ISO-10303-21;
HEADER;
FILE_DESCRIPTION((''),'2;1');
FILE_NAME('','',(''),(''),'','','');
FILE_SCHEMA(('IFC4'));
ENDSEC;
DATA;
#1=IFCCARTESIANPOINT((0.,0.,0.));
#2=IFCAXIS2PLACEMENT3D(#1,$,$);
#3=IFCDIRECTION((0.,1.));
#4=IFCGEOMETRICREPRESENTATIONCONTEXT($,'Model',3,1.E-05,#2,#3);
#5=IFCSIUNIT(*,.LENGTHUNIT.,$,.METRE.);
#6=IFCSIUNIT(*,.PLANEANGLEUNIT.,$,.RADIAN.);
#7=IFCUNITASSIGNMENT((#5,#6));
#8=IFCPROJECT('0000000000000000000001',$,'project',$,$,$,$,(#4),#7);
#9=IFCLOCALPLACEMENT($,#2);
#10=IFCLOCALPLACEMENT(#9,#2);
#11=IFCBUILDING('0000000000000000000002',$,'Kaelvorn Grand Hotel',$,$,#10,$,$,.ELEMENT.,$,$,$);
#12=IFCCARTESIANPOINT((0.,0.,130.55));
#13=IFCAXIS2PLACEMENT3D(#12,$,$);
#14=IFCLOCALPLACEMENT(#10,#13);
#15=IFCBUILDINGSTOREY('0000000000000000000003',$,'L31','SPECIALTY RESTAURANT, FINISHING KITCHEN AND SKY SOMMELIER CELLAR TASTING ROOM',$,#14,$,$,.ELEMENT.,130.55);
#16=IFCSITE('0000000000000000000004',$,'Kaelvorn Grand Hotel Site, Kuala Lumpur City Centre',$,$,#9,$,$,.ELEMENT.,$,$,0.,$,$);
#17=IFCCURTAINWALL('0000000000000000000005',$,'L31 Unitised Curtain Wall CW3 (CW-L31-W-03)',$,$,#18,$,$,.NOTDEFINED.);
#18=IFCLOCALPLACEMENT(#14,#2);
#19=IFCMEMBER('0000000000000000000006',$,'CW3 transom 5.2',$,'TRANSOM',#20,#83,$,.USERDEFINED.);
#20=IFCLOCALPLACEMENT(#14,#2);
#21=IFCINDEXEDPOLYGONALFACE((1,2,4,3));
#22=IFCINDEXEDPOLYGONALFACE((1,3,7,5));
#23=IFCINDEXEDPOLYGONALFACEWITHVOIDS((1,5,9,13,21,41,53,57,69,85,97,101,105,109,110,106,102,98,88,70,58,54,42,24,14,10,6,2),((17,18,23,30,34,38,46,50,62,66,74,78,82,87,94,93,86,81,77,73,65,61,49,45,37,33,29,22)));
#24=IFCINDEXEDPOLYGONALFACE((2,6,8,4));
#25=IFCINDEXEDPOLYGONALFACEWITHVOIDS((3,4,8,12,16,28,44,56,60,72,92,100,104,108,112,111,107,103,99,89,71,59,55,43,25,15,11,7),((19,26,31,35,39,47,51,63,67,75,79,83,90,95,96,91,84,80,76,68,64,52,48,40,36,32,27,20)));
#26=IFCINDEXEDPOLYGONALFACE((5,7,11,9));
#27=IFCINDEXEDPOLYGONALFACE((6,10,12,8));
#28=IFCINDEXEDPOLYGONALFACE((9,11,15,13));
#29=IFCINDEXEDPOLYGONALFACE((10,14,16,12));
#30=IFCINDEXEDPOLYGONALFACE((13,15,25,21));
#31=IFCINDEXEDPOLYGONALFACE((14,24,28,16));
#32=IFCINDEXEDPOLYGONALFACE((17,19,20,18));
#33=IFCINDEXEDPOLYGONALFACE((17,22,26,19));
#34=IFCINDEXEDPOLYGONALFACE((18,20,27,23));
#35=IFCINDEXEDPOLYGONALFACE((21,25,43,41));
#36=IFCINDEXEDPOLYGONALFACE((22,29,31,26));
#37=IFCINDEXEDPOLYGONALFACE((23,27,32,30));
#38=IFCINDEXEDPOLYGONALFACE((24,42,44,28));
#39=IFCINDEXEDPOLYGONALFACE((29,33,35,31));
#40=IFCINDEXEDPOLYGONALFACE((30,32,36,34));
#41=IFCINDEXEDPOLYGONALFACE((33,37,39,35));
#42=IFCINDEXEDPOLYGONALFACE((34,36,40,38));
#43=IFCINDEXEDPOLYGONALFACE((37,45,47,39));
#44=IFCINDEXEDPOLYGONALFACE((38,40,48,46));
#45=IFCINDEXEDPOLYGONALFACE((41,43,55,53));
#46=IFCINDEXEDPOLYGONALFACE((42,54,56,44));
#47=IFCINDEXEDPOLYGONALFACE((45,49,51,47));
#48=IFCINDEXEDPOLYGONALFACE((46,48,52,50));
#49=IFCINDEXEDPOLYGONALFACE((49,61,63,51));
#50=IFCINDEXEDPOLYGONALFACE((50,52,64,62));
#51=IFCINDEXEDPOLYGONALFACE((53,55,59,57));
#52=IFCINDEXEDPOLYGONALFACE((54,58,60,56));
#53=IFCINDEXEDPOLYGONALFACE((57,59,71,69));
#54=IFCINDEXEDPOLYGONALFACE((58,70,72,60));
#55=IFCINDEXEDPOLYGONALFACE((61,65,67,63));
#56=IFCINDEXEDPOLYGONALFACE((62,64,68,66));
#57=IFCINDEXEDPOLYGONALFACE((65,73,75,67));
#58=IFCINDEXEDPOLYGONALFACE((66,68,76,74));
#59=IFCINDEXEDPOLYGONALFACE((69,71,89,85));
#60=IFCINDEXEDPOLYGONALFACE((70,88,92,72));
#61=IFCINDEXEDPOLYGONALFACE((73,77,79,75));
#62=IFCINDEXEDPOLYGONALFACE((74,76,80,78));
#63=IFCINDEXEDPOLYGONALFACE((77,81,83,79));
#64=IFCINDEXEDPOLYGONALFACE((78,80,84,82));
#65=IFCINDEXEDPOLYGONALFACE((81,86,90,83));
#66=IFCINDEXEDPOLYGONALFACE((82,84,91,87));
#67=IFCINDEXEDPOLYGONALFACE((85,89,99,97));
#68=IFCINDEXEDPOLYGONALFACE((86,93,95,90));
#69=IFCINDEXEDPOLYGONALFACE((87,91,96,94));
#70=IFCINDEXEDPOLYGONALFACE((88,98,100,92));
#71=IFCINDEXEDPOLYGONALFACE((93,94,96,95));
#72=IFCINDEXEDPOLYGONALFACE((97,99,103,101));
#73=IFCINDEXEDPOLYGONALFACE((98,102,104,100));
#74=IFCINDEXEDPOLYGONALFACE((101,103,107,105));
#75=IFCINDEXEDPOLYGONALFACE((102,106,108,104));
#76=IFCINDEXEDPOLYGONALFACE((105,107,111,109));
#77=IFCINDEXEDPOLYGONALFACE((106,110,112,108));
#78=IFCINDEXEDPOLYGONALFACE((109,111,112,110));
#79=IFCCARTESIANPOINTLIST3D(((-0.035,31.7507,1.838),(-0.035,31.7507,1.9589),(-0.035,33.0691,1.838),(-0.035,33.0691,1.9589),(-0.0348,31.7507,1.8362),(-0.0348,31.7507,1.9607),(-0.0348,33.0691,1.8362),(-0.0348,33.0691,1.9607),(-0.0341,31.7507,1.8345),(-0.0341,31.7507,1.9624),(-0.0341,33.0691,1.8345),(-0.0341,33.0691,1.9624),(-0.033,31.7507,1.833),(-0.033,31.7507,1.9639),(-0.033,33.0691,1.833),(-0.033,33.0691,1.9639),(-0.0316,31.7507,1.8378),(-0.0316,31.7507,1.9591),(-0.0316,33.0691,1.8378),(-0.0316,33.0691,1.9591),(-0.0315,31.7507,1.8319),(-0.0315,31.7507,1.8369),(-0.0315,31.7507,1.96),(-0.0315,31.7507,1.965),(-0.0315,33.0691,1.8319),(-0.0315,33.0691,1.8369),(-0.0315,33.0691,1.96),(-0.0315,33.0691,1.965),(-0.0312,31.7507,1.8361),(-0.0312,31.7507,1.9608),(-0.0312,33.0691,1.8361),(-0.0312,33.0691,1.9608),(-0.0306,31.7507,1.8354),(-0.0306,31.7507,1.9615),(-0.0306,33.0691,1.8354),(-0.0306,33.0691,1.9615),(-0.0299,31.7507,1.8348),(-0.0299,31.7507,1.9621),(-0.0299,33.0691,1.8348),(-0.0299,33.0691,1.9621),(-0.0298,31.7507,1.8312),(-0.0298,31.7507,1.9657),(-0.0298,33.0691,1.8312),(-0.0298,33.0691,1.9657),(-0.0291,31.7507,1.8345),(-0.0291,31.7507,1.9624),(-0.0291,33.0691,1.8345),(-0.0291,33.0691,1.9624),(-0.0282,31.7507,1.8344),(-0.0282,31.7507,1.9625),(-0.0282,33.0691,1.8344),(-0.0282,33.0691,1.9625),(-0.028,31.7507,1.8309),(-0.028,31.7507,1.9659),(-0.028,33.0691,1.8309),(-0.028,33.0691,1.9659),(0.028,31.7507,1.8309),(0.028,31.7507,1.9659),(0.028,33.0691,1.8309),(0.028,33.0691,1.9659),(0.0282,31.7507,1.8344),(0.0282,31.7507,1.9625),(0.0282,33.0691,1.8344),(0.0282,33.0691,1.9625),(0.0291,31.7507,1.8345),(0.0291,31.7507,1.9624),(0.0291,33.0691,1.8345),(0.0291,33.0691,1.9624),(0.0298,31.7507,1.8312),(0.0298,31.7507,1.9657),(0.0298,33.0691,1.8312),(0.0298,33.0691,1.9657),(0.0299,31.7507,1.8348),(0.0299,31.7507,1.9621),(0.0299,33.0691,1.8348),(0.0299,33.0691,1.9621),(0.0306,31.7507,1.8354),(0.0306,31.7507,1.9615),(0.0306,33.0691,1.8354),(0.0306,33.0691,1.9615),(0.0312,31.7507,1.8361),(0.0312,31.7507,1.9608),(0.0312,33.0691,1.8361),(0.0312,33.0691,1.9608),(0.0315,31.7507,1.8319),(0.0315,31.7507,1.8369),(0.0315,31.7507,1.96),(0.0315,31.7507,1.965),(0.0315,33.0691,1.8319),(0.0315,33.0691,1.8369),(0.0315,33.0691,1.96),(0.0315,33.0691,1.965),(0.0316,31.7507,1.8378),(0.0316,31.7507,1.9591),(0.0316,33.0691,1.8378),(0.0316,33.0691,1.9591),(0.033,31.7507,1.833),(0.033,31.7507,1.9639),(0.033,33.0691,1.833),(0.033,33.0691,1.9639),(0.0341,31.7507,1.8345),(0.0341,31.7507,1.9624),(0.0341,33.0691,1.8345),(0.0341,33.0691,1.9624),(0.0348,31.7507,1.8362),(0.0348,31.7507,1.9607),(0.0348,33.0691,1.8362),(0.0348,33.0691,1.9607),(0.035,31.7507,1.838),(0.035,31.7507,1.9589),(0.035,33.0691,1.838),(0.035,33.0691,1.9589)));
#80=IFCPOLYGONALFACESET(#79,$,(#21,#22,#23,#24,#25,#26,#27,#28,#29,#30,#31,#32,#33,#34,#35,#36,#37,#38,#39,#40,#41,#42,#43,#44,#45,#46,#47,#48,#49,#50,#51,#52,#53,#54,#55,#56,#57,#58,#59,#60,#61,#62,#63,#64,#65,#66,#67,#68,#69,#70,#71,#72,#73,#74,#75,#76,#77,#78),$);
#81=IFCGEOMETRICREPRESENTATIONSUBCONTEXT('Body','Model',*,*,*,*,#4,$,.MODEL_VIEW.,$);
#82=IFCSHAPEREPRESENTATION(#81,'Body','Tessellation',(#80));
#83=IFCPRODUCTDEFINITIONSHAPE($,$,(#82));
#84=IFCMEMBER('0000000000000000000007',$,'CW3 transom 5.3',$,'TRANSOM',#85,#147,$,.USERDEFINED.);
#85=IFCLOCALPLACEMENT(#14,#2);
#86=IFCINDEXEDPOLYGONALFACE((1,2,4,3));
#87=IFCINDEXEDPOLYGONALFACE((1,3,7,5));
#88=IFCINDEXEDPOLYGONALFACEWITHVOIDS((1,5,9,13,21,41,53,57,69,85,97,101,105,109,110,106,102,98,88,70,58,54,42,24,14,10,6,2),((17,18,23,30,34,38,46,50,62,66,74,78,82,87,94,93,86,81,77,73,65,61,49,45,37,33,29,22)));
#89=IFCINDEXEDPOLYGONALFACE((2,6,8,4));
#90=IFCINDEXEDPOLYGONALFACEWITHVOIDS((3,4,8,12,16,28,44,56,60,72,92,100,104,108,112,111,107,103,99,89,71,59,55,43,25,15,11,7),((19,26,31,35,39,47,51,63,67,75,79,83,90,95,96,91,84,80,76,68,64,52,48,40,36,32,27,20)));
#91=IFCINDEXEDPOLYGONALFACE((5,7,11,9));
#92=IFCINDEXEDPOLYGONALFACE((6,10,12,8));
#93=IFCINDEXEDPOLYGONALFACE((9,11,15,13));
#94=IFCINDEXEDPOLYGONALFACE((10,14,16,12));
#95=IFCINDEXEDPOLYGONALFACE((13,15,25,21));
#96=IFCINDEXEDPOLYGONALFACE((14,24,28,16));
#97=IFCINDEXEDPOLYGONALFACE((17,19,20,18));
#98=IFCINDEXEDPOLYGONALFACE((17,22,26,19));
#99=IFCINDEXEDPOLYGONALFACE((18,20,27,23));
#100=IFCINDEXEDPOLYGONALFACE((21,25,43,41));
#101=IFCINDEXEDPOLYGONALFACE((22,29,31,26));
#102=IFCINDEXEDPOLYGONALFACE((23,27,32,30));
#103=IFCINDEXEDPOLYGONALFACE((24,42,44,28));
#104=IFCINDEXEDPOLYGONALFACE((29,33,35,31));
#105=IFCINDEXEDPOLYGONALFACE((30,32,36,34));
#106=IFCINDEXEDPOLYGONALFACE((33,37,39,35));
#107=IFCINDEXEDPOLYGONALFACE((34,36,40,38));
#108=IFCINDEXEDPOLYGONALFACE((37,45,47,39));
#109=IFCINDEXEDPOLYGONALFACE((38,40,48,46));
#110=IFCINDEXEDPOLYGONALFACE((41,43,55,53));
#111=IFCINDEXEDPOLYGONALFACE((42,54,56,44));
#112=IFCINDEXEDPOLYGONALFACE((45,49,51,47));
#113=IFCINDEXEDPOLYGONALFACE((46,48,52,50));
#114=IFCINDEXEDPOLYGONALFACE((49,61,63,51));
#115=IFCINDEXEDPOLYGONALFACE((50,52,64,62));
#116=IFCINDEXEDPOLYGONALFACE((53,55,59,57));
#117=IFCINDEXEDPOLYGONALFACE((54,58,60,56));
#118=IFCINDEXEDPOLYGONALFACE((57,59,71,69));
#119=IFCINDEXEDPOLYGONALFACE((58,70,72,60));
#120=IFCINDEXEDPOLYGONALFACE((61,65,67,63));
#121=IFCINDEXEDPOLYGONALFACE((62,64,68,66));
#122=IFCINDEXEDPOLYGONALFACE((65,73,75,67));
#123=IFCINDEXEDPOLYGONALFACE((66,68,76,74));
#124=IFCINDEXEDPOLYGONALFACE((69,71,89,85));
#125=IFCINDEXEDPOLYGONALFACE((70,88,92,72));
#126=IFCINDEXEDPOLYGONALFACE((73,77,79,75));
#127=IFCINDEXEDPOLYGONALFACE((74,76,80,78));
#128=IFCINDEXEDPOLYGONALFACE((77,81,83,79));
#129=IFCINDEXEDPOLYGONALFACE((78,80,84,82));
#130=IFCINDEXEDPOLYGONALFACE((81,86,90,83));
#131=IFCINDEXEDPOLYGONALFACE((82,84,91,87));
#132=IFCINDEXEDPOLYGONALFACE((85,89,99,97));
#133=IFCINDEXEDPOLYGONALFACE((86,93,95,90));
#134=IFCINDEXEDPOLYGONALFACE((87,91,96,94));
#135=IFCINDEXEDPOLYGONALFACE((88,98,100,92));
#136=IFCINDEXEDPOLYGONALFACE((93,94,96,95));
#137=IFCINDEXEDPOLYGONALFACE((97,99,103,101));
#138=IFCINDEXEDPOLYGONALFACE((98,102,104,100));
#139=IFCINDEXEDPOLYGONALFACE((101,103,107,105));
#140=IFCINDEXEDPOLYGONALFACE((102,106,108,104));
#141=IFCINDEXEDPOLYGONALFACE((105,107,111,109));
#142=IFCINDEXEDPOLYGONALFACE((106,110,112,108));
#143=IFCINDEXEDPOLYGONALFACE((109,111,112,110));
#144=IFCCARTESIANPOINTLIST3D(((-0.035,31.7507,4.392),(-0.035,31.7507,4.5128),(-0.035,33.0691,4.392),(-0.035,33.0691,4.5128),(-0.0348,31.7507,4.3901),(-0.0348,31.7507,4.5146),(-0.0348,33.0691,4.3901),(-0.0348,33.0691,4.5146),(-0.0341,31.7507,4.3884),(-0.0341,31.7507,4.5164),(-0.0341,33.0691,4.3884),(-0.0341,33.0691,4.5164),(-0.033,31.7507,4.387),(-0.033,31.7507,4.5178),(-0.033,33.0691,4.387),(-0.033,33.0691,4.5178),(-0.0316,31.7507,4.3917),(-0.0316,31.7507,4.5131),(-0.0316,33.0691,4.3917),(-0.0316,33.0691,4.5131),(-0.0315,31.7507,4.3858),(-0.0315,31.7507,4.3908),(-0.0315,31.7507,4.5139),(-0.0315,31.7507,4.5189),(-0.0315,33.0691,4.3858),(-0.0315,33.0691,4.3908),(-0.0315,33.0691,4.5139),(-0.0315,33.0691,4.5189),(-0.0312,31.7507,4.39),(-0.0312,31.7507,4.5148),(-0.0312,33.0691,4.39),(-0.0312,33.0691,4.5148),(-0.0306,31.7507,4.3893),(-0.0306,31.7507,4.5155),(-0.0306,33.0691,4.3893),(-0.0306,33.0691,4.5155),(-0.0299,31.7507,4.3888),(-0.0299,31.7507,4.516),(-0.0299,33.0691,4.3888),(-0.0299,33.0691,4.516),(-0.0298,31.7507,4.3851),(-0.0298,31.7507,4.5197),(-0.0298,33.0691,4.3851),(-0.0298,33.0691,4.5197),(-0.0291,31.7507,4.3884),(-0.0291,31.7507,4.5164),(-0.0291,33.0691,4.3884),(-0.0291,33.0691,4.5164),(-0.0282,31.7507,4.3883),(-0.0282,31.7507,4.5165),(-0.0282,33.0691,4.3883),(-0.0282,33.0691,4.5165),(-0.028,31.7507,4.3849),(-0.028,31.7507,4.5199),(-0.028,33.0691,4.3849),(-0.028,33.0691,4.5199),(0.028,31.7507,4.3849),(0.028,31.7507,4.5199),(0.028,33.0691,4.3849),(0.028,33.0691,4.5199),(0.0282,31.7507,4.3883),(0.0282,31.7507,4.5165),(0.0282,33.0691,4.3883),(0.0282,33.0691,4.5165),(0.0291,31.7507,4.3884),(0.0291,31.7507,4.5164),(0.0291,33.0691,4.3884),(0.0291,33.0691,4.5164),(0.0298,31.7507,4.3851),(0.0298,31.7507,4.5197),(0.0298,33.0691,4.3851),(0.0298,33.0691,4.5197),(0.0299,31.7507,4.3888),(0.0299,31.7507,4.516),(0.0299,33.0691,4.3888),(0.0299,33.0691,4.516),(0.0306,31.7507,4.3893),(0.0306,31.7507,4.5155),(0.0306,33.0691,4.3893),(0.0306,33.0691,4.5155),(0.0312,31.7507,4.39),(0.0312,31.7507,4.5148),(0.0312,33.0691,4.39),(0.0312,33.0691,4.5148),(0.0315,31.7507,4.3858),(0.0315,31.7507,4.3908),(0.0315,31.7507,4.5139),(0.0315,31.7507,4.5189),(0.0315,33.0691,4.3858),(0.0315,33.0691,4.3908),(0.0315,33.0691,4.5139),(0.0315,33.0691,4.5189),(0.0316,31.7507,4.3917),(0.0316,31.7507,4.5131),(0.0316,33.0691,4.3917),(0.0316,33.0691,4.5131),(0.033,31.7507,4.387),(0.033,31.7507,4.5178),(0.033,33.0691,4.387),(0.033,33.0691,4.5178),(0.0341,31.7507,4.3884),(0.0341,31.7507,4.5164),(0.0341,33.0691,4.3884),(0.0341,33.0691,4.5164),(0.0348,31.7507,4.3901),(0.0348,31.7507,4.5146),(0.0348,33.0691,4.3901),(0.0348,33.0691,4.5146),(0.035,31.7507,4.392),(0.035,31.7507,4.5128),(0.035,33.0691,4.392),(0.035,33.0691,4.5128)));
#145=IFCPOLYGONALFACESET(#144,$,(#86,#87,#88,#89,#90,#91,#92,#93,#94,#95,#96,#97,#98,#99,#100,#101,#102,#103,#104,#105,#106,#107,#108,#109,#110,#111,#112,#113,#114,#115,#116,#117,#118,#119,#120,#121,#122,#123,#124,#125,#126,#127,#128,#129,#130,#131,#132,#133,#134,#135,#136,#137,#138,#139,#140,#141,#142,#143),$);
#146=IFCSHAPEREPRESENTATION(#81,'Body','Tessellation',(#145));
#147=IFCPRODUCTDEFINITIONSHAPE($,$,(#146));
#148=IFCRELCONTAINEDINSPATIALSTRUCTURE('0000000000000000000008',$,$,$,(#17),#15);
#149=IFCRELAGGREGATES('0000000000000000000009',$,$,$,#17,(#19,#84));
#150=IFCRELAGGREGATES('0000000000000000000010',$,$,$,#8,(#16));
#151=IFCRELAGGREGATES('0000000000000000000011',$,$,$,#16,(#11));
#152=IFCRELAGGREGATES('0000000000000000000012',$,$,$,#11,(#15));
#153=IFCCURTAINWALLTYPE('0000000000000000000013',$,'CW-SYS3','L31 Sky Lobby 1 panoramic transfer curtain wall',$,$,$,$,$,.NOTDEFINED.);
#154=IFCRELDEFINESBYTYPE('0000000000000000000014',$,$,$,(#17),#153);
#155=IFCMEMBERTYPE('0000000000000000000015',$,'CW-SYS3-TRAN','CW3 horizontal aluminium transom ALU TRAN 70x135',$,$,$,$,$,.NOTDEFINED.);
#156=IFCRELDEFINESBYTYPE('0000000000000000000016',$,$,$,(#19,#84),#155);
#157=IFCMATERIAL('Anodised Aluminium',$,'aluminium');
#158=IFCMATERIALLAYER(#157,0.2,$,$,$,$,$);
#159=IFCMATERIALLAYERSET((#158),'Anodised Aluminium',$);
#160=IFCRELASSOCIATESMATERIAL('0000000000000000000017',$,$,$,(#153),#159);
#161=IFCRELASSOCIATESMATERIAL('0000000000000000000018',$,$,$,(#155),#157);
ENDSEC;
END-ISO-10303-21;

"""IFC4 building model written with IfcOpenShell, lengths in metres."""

from ifc_helpers import new_model, si_unit, direction, frame, origin, origin_2d, place, context, subcontext, project, spatial, hollow_rectangle, extrude, material, layer, layer_set, material_profile, profile_set, type_object, element, aggregate, save


model = new_model("IFC4")

# Units and contexts
model_context = context("Model", 3, precision=1e-05, world=origin(), true_north=direction((0.0, 1.0)))
body_context = subcontext(model_context, "Body", "Model", "MODEL_VIEW")
ifc_project = project(units=[si_unit("LENGTHUNIT", "METRE"), si_unit("PLANEANGLEUNIT", "RADIAN")], contexts=[model_context])

# Site, building, storey
site_placement = place(None, origin())
site = spatial("IfcSite", under=ifc_project, at=site_placement, Name="Kaelvorn Grand Hotel Site, Kuala Lumpur City Centre", CompositionType="ELEMENT", RefElevation=0.0)
building_placement = place(site_placement, origin())
building = spatial("IfcBuilding", under=site, at=building_placement, Name="Kaelvorn Grand Hotel", CompositionType="ELEMENT")
storey_placement = place(building_placement, frame((0.0, 0.0, 130.55)))
storey = spatial("IfcBuildingStorey", under=building, at=storey_placement, Name="L31", Description="SPECIALTY RESTAURANT, FINISHING KITCHEN AND SKY SOMMELIER CELLAR TASTING ROOM", CompositionType="ELEMENT", Elevation=130.55)

# Curtain wall, members
ifc_material_1 = material(Name="Anodised Aluminium", Category="aluminium")
ifc_layer_1 = layer(ifc_material_1, 0.2)
ifc_layer_set_1 = layer_set([ifc_layer_1], Name="Anodised Aluminium")
curtain_wall_type = type_object("IfcCurtainWallType", Name="CW-SYS3", Description="L31 Sky Lobby 1 panoramic transfer curtain wall", PredefinedType="NOTDEFINED", material=ifc_layer_set_1)
curtain_wall_placement = place(storey_placement, origin())
curtain_wall = element("IfcCurtainWall", 1, at=curtain_wall_placement, inside=storey, type_object=curtain_wall_type, Name="L31 Unitised Curtain Wall CW3 (CW-L31-W-03)", PredefinedType="NOTDEFINED")
ifc_material_profile_1 = material_profile(ifc_material_1, hollow_rectangle(XDim=0.0701, YDim=0.135, WallThickness=0.0034, InnerFilletRadius=0.0034, OuterFilletRadius=0.0071, at=origin_2d()), Name="ALU TRAN 70x135")
ifc_profile_set_1 = profile_set([ifc_material_profile_1], Name="Anodised Aluminium")
member_type_1 = type_object("IfcMemberType", Name="CW-SYS3-TRAN", Description="CW3 horizontal aluminium transom ALU TRAN 70x135", PredefinedType="NOTDEFINED", material=ifc_profile_set_1)
member_1_placement = place(storey_placement, frame((0.0, 33.0691, 1.8984), z_axis=(0.0, -1.0, 0.0), x_axis=(1.0, 0.0, 0.0)))
member_1 = element("IfcMember", 2, at=member_1_placement, type_object=member_type_1, Name="CW3 transom 5.2", ObjectType="TRANSOM", PredefinedType="USERDEFINED", context=body_context, shape_type="SweptSolid", body=[
    extrude(hollow_rectangle(XDim=0.0701, YDim=0.135, WallThickness=0.0034, InnerFilletRadius=0.0034, OuterFilletRadius=0.0071, at=origin_2d()), origin(), (0.0, 0.0, 1.0), 1.3184),
])
member_2_placement = place(storey_placement, frame((0.0, 33.0691, 4.4524), z_axis=(0.0, -1.0, 0.0), x_axis=(1.0, 0.0, 0.0)))
member_2 = element("IfcMember", 3, at=member_2_placement, type_object=member_type_1, Name="CW3 transom 5.3", ObjectType="TRANSOM", PredefinedType="USERDEFINED", context=body_context, shape_type="SweptSolid", body=[
    extrude(hollow_rectangle(XDim=0.0701, YDim=0.135, WallThickness=0.0034, InnerFilletRadius=0.0034, OuterFilletRadius=0.0071, at=origin_2d()), origin(), (0.0, 0.0, 1.0), 1.3184),
])
aggregate(curtain_wall, [member_1, member_2])

save(model, "model.ifc")
